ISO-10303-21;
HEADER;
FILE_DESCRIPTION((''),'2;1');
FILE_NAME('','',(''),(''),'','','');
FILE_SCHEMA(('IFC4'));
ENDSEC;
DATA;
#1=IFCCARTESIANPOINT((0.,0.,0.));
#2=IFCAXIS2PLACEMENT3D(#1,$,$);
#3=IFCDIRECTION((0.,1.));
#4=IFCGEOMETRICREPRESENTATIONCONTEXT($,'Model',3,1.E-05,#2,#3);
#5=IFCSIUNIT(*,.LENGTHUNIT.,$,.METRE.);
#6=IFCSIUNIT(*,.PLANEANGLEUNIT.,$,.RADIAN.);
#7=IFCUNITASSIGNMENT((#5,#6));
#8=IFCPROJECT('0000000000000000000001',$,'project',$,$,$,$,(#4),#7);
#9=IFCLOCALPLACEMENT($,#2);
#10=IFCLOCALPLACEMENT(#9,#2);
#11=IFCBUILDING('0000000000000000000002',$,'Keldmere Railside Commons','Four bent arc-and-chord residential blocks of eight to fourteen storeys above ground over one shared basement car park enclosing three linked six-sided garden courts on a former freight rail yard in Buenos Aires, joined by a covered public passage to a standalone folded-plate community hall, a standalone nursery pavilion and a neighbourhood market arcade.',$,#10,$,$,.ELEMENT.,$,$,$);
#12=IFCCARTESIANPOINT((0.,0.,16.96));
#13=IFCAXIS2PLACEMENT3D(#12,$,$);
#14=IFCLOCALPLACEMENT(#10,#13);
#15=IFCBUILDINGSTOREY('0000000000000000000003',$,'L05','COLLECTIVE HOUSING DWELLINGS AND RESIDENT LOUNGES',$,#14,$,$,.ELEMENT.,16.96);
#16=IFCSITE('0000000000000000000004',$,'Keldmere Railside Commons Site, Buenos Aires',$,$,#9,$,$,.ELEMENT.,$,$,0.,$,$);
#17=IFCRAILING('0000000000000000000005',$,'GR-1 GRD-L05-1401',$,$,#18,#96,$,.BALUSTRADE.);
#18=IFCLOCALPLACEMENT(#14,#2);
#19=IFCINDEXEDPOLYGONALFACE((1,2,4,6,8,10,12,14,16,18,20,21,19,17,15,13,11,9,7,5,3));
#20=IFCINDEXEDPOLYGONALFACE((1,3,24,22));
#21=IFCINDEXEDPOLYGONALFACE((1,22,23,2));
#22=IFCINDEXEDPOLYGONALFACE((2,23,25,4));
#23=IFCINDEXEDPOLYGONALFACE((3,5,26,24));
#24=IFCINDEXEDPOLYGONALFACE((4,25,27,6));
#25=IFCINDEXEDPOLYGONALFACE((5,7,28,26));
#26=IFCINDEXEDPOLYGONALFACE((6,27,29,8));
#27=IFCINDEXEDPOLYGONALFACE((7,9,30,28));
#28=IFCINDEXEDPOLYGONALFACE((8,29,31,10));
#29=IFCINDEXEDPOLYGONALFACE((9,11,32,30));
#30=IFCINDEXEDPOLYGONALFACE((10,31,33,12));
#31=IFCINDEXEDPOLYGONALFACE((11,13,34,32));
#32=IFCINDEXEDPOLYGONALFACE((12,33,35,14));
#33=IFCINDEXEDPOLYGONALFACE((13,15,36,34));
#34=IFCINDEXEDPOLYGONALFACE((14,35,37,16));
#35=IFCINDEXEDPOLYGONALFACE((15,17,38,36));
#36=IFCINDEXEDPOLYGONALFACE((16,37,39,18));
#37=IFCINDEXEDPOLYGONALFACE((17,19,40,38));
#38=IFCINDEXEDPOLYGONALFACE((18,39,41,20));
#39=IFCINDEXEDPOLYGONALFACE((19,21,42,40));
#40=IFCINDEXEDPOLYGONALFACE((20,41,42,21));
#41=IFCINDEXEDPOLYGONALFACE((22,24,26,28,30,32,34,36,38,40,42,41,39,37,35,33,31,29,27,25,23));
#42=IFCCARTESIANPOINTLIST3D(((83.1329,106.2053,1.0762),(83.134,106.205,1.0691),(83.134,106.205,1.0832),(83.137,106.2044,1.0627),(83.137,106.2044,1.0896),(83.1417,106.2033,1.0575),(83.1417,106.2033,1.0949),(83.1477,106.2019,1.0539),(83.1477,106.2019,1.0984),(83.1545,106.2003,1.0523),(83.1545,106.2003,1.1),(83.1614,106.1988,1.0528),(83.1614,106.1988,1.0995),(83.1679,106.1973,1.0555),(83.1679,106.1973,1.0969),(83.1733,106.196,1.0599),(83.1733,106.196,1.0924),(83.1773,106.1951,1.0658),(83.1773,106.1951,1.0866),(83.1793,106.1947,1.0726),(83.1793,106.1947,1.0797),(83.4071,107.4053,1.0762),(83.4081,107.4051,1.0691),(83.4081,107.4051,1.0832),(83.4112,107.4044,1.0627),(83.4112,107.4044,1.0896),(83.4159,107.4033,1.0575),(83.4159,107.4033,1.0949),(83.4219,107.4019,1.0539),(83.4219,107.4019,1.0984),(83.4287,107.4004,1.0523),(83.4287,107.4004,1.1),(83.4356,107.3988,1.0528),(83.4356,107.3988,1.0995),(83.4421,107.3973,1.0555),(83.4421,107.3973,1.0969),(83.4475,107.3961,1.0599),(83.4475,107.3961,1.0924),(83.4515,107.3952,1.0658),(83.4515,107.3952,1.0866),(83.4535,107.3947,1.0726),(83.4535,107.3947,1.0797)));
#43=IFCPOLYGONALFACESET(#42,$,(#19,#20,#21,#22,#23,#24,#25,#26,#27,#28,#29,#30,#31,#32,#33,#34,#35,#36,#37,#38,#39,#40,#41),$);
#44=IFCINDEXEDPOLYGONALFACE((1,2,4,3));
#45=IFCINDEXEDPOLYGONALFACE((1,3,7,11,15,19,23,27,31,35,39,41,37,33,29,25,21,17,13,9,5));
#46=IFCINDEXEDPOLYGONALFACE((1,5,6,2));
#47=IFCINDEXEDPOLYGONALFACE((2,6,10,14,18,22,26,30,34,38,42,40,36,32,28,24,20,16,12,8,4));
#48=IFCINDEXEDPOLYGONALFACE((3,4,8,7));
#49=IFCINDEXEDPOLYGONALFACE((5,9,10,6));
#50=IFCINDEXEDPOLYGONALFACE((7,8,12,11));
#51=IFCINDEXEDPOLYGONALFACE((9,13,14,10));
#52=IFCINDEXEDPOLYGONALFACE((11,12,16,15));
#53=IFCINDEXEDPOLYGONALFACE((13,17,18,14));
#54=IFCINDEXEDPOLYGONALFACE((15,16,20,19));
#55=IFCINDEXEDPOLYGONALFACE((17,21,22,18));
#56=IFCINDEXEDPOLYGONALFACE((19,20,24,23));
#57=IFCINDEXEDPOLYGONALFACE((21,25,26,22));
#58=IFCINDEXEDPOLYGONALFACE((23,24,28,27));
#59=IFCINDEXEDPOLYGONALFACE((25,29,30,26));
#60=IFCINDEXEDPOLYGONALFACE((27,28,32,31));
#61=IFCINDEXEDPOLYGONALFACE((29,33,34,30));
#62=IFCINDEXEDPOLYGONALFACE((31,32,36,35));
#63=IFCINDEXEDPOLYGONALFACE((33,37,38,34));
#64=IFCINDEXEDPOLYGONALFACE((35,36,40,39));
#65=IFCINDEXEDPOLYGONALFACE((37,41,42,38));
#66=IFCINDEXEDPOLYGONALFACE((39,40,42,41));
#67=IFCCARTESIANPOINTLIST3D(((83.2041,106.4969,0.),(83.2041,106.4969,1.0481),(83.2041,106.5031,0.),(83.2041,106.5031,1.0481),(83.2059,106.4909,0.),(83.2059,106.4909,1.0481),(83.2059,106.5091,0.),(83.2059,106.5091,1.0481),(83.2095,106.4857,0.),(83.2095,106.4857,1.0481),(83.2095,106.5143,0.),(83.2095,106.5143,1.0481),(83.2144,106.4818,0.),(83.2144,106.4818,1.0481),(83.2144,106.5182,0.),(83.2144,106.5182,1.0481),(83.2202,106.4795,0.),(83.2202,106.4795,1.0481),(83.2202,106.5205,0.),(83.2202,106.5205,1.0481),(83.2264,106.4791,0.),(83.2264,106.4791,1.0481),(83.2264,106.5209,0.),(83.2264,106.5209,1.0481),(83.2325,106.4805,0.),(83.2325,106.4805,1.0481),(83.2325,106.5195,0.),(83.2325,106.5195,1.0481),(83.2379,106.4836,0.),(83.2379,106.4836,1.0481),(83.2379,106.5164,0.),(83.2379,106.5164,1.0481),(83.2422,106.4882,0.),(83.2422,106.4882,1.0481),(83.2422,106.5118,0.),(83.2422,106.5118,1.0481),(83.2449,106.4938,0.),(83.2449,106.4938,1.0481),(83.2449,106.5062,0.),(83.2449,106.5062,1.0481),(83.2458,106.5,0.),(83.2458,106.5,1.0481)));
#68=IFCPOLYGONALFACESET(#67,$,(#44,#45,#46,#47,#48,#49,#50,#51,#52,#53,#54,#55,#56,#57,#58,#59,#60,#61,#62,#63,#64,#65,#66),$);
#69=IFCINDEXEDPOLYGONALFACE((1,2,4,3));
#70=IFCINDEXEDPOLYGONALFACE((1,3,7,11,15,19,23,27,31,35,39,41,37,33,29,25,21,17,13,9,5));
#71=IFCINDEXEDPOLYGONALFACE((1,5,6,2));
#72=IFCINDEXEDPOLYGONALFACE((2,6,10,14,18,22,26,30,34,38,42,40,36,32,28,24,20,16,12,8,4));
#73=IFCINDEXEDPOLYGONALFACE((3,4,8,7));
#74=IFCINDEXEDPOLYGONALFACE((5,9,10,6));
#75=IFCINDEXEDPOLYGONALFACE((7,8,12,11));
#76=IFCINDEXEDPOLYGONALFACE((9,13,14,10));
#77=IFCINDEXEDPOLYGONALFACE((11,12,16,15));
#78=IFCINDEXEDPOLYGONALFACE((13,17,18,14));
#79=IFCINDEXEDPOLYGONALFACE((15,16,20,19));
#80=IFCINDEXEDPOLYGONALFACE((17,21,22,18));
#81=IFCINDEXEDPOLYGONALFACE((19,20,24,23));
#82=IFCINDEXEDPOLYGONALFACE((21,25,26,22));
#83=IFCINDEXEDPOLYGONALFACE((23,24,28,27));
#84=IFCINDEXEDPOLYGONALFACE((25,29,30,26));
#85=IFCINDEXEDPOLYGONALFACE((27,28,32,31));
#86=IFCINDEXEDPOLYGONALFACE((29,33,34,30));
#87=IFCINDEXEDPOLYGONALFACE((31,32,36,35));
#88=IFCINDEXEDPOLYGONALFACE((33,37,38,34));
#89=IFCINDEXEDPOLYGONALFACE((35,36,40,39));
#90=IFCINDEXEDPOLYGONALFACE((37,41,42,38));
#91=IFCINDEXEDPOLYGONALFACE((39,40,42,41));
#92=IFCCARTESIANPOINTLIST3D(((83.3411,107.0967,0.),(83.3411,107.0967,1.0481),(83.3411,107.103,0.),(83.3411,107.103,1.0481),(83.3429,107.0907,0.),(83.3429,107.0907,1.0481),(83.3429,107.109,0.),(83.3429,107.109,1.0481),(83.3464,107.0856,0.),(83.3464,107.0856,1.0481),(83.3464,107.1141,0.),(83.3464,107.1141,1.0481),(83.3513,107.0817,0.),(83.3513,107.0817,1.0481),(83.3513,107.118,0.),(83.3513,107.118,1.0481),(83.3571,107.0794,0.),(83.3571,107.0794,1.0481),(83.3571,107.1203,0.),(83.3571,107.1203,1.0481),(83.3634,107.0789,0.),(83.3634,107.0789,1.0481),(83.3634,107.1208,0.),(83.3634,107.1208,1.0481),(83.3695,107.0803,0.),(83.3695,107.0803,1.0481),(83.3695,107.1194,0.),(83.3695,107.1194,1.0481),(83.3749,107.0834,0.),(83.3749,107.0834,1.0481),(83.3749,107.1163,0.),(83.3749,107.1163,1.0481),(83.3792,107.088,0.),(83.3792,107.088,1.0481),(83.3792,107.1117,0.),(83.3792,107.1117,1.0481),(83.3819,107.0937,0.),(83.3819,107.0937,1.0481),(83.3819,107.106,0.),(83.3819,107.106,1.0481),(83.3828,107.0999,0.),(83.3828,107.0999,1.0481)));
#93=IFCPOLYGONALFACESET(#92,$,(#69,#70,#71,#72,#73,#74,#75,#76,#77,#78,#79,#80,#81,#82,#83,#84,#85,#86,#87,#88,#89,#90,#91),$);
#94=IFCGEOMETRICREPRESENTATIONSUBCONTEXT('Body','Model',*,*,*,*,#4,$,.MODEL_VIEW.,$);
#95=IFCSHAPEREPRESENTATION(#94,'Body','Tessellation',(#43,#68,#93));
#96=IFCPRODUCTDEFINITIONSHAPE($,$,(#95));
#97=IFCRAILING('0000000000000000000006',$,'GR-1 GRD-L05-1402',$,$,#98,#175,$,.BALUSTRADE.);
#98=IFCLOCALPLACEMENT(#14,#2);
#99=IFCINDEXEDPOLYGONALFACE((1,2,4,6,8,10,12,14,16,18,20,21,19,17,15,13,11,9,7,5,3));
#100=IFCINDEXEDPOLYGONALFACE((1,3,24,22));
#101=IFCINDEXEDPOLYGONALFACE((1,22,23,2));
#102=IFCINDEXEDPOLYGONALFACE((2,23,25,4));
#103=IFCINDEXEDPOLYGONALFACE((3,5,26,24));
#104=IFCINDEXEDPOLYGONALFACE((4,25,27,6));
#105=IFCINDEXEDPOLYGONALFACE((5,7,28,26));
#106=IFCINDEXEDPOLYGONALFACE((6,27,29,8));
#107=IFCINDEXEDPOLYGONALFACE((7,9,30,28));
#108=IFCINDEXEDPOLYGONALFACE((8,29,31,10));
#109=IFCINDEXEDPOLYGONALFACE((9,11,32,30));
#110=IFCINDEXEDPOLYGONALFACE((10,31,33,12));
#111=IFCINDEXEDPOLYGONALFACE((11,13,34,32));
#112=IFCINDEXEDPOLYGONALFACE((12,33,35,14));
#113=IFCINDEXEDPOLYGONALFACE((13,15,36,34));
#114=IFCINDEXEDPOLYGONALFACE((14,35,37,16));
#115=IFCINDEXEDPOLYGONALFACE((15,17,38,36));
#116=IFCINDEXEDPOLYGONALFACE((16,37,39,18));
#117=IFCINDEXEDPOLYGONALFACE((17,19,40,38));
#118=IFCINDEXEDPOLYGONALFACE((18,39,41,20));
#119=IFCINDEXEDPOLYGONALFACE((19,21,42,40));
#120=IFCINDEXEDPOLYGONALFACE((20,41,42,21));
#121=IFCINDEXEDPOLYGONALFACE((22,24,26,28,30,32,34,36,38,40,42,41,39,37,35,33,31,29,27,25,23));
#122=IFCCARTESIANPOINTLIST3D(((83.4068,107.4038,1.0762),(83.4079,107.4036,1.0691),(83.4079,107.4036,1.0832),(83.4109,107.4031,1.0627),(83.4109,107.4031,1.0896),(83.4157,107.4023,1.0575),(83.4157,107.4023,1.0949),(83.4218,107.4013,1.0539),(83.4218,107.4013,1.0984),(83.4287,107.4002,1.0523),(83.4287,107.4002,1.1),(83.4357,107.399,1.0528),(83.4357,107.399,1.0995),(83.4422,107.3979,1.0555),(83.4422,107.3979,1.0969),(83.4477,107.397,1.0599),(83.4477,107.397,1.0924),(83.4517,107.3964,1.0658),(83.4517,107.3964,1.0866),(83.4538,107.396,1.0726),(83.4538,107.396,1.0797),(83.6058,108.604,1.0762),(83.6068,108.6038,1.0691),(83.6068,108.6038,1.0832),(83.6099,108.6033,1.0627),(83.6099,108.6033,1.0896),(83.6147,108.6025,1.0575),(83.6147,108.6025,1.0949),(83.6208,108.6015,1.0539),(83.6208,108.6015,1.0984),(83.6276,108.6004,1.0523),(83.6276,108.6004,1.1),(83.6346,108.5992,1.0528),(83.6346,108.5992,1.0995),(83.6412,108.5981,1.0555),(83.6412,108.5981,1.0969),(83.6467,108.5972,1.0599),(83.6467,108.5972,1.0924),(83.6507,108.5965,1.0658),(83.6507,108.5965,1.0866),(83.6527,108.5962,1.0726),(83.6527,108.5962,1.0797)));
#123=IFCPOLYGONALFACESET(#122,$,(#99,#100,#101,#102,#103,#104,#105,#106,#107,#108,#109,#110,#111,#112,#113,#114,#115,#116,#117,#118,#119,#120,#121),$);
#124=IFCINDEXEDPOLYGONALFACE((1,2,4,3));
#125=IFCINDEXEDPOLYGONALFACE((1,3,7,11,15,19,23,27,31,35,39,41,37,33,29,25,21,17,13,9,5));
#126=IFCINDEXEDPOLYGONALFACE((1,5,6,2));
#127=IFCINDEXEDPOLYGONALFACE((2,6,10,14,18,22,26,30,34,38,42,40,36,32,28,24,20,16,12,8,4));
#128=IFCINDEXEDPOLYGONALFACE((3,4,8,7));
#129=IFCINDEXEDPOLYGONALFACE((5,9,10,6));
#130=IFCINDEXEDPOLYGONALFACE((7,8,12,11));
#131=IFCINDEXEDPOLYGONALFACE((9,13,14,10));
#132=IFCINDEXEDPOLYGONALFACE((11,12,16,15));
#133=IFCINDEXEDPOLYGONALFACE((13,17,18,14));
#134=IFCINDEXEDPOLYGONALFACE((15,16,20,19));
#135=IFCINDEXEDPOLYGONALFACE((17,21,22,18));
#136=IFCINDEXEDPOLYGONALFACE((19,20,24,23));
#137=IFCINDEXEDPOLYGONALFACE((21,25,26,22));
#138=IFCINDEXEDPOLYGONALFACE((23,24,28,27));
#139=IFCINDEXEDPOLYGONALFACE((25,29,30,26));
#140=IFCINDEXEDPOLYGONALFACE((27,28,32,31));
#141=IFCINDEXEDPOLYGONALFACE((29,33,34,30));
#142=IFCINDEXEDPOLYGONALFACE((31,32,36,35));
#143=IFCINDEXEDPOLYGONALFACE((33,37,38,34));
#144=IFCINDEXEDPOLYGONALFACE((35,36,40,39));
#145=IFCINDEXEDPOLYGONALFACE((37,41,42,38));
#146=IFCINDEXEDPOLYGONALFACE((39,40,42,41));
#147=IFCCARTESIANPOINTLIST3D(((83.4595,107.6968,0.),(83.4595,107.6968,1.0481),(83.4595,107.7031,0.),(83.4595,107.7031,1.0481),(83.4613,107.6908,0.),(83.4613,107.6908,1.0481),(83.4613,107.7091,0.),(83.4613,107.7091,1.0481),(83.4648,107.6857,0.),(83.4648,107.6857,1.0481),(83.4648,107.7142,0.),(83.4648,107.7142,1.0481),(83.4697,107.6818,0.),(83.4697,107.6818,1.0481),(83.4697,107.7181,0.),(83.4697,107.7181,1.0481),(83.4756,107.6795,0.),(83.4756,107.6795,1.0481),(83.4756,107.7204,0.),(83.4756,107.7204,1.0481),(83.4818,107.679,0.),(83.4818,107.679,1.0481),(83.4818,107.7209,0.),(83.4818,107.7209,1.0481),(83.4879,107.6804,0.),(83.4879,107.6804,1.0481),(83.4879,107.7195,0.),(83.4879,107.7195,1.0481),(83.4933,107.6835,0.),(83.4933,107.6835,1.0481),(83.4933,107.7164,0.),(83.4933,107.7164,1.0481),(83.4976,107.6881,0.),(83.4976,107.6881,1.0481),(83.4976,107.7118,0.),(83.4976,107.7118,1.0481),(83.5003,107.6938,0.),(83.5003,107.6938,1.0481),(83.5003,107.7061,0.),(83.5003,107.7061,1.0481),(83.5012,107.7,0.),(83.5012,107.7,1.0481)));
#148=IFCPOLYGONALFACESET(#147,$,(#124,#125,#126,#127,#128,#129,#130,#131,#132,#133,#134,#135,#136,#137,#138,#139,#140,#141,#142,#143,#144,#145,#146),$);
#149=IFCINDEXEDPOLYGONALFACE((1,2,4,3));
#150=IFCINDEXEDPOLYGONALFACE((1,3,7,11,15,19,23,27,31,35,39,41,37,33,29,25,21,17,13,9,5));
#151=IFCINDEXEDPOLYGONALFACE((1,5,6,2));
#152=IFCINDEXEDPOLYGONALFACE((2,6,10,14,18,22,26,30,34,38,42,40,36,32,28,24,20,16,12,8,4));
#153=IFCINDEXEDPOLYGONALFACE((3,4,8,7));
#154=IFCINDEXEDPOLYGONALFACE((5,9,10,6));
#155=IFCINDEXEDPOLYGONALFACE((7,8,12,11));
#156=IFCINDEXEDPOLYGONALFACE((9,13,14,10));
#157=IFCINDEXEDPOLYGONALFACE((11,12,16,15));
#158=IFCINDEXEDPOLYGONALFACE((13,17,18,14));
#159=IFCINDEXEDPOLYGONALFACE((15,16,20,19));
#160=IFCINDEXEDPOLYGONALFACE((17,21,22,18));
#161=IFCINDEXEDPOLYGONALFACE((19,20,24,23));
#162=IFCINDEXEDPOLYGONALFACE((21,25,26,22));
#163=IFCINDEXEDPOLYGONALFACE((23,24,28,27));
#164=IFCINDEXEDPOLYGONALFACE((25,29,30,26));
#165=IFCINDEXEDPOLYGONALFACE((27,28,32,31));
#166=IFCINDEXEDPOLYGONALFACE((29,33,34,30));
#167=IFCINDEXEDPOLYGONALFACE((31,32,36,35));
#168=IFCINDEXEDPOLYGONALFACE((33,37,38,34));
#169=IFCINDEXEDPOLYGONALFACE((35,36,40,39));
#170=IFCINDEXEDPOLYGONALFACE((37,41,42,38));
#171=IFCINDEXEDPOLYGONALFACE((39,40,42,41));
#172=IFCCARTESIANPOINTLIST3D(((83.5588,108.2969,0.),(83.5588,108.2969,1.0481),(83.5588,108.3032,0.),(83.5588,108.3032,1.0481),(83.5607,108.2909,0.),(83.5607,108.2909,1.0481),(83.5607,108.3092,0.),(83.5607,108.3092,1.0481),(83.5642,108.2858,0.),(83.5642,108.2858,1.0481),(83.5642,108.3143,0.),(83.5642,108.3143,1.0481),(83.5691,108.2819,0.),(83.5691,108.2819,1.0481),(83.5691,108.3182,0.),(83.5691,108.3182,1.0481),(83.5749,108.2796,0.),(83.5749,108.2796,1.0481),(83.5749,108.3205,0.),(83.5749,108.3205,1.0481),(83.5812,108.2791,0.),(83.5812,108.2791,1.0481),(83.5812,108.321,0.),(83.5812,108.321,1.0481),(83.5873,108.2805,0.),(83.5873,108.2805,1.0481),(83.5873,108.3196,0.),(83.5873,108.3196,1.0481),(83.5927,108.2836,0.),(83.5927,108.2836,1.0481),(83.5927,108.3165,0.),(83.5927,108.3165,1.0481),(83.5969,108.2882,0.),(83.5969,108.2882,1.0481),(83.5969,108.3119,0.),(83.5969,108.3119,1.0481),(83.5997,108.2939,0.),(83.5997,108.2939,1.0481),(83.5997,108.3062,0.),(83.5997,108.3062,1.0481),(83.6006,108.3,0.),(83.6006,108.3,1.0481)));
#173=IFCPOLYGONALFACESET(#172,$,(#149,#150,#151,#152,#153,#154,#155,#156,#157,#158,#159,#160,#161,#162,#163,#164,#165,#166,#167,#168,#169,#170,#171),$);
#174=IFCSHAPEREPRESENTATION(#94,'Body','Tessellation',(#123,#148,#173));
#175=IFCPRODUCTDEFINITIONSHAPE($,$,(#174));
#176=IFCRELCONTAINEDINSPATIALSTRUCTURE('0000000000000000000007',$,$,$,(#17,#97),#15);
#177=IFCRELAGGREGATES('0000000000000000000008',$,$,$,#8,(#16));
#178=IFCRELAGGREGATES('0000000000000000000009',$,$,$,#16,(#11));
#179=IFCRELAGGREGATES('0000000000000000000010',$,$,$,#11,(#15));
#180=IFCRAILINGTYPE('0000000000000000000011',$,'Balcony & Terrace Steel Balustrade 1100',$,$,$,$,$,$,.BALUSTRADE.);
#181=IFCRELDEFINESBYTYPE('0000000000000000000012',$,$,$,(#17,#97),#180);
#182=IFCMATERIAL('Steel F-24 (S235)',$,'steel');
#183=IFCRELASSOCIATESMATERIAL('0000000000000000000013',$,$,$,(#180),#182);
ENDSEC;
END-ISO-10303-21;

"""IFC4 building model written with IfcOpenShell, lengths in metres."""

from ifc_helpers import new_model, si_unit, direction, frame, origin, origin_2d, place, context, subcontext, project, spatial, circle, extrude, material, type_object, element, save


model = new_model("IFC4")

# Units and contexts
model_context = context("Model", 3, precision=1e-05, world=origin(), true_north=direction((0.0, 1.0)))
body_context = subcontext(model_context, "Body", "Model", "MODEL_VIEW")
ifc_project = project(units=[si_unit("LENGTHUNIT", "METRE"), si_unit("PLANEANGLEUNIT", "RADIAN")], contexts=[model_context])

# Site, building, storey
site_placement = place(None, origin())
site = spatial("IfcSite", under=ifc_project, at=site_placement, Name="Keldmere Railside Commons Site, Buenos Aires", CompositionType="ELEMENT", RefElevation=0.0)
building_placement = place(site_placement, origin())
building = spatial("IfcBuilding", under=site, at=building_placement, Name="Keldmere Railside Commons", Description="Four bent arc-and-chord residential blocks of eight to fourteen storeys above ground over one shared basement car park enclosing three linked six-sided garden courts on a former freight rail yard in Buenos Aires, joined by a covered public passage to a standalone folded-plate community hall, a standalone nursery pavilion and a neighbourhood market arcade.", CompositionType="ELEMENT")
storey_placement = place(building_placement, frame((0.0, 0.0, 16.96)))
storey = spatial("IfcBuildingStorey", under=building, at=storey_placement, Name="L05", Description="COLLECTIVE HOUSING DWELLINGS AND RESIDENT LOUNGES", CompositionType="ELEMENT", Elevation=16.96)

# Shared definitions
ifc_material_1 = material(Name="Steel F-24 (S235)", Category="steel")

# Railings
railing_type_1 = type_object("IfcRailingType", Name="Balcony & Terrace Steel Balustrade 1100", PredefinedType="BALUSTRADE", material=ifc_material_1)
railing_1_placement = place(storey_placement, frame((83.1562, 106.2, 0.0)))
element("IfcRailing", 1, at=railing_1_placement, inside=storey, type_object=railing_type_1, Name="GR-1 GRD-L05-1401", PredefinedType="BALUSTRADE", context=body_context, shape_type="SweptSolid", body=[
    extrude(circle(Radius=0.0239, at=origin_2d()), frame((0.0, 0.0, 1.0762), z_axis=(0.222744, 0.974877, 0.0), x_axis=(-0.974877, 0.222744, 0.0)), (0.0, 0.0, 1.0), 1.231),
    extrude(circle(Radius=0.021, at=origin_2d()), frame((0.0686, 0.3, 0.0)), (0.0, 0.0, 1.0), 1.0481),
    extrude(circle(Radius=0.021, at=origin_2d()), frame((0.2056, 0.8999, 0.0)), (0.0, 0.0, 1.0), 1.0481),
])
railing_2_placement = place(storey_placement, frame((83.4304, 107.3999, 0.0)))
element("IfcRailing", 2, at=railing_2_placement, inside=storey, type_object=railing_type_1, Name="GR-1 GRD-L05-1402", PredefinedType="BALUSTRADE", context=body_context, shape_type="SweptSolid", body=[
    extrude(circle(Radius=0.0239, at=origin_2d()), frame((0.0, 0.0, 1.0762), z_axis=(0.163553, 0.986535, 0.0), x_axis=(-0.986535, 0.163553, 0.0)), (0.0, 0.0, 1.0), 1.2166),
    extrude(circle(Radius=0.021, at=origin_2d()), frame((0.0498, 0.3, 0.0)), (0.0, 0.0, 1.0), 1.0481),
    extrude(circle(Radius=0.021, at=origin_2d()), frame((0.1492, 0.9001, 0.0)), (0.0, 0.0, 1.0), 1.0481),
])

save(model, "model.ifc")
